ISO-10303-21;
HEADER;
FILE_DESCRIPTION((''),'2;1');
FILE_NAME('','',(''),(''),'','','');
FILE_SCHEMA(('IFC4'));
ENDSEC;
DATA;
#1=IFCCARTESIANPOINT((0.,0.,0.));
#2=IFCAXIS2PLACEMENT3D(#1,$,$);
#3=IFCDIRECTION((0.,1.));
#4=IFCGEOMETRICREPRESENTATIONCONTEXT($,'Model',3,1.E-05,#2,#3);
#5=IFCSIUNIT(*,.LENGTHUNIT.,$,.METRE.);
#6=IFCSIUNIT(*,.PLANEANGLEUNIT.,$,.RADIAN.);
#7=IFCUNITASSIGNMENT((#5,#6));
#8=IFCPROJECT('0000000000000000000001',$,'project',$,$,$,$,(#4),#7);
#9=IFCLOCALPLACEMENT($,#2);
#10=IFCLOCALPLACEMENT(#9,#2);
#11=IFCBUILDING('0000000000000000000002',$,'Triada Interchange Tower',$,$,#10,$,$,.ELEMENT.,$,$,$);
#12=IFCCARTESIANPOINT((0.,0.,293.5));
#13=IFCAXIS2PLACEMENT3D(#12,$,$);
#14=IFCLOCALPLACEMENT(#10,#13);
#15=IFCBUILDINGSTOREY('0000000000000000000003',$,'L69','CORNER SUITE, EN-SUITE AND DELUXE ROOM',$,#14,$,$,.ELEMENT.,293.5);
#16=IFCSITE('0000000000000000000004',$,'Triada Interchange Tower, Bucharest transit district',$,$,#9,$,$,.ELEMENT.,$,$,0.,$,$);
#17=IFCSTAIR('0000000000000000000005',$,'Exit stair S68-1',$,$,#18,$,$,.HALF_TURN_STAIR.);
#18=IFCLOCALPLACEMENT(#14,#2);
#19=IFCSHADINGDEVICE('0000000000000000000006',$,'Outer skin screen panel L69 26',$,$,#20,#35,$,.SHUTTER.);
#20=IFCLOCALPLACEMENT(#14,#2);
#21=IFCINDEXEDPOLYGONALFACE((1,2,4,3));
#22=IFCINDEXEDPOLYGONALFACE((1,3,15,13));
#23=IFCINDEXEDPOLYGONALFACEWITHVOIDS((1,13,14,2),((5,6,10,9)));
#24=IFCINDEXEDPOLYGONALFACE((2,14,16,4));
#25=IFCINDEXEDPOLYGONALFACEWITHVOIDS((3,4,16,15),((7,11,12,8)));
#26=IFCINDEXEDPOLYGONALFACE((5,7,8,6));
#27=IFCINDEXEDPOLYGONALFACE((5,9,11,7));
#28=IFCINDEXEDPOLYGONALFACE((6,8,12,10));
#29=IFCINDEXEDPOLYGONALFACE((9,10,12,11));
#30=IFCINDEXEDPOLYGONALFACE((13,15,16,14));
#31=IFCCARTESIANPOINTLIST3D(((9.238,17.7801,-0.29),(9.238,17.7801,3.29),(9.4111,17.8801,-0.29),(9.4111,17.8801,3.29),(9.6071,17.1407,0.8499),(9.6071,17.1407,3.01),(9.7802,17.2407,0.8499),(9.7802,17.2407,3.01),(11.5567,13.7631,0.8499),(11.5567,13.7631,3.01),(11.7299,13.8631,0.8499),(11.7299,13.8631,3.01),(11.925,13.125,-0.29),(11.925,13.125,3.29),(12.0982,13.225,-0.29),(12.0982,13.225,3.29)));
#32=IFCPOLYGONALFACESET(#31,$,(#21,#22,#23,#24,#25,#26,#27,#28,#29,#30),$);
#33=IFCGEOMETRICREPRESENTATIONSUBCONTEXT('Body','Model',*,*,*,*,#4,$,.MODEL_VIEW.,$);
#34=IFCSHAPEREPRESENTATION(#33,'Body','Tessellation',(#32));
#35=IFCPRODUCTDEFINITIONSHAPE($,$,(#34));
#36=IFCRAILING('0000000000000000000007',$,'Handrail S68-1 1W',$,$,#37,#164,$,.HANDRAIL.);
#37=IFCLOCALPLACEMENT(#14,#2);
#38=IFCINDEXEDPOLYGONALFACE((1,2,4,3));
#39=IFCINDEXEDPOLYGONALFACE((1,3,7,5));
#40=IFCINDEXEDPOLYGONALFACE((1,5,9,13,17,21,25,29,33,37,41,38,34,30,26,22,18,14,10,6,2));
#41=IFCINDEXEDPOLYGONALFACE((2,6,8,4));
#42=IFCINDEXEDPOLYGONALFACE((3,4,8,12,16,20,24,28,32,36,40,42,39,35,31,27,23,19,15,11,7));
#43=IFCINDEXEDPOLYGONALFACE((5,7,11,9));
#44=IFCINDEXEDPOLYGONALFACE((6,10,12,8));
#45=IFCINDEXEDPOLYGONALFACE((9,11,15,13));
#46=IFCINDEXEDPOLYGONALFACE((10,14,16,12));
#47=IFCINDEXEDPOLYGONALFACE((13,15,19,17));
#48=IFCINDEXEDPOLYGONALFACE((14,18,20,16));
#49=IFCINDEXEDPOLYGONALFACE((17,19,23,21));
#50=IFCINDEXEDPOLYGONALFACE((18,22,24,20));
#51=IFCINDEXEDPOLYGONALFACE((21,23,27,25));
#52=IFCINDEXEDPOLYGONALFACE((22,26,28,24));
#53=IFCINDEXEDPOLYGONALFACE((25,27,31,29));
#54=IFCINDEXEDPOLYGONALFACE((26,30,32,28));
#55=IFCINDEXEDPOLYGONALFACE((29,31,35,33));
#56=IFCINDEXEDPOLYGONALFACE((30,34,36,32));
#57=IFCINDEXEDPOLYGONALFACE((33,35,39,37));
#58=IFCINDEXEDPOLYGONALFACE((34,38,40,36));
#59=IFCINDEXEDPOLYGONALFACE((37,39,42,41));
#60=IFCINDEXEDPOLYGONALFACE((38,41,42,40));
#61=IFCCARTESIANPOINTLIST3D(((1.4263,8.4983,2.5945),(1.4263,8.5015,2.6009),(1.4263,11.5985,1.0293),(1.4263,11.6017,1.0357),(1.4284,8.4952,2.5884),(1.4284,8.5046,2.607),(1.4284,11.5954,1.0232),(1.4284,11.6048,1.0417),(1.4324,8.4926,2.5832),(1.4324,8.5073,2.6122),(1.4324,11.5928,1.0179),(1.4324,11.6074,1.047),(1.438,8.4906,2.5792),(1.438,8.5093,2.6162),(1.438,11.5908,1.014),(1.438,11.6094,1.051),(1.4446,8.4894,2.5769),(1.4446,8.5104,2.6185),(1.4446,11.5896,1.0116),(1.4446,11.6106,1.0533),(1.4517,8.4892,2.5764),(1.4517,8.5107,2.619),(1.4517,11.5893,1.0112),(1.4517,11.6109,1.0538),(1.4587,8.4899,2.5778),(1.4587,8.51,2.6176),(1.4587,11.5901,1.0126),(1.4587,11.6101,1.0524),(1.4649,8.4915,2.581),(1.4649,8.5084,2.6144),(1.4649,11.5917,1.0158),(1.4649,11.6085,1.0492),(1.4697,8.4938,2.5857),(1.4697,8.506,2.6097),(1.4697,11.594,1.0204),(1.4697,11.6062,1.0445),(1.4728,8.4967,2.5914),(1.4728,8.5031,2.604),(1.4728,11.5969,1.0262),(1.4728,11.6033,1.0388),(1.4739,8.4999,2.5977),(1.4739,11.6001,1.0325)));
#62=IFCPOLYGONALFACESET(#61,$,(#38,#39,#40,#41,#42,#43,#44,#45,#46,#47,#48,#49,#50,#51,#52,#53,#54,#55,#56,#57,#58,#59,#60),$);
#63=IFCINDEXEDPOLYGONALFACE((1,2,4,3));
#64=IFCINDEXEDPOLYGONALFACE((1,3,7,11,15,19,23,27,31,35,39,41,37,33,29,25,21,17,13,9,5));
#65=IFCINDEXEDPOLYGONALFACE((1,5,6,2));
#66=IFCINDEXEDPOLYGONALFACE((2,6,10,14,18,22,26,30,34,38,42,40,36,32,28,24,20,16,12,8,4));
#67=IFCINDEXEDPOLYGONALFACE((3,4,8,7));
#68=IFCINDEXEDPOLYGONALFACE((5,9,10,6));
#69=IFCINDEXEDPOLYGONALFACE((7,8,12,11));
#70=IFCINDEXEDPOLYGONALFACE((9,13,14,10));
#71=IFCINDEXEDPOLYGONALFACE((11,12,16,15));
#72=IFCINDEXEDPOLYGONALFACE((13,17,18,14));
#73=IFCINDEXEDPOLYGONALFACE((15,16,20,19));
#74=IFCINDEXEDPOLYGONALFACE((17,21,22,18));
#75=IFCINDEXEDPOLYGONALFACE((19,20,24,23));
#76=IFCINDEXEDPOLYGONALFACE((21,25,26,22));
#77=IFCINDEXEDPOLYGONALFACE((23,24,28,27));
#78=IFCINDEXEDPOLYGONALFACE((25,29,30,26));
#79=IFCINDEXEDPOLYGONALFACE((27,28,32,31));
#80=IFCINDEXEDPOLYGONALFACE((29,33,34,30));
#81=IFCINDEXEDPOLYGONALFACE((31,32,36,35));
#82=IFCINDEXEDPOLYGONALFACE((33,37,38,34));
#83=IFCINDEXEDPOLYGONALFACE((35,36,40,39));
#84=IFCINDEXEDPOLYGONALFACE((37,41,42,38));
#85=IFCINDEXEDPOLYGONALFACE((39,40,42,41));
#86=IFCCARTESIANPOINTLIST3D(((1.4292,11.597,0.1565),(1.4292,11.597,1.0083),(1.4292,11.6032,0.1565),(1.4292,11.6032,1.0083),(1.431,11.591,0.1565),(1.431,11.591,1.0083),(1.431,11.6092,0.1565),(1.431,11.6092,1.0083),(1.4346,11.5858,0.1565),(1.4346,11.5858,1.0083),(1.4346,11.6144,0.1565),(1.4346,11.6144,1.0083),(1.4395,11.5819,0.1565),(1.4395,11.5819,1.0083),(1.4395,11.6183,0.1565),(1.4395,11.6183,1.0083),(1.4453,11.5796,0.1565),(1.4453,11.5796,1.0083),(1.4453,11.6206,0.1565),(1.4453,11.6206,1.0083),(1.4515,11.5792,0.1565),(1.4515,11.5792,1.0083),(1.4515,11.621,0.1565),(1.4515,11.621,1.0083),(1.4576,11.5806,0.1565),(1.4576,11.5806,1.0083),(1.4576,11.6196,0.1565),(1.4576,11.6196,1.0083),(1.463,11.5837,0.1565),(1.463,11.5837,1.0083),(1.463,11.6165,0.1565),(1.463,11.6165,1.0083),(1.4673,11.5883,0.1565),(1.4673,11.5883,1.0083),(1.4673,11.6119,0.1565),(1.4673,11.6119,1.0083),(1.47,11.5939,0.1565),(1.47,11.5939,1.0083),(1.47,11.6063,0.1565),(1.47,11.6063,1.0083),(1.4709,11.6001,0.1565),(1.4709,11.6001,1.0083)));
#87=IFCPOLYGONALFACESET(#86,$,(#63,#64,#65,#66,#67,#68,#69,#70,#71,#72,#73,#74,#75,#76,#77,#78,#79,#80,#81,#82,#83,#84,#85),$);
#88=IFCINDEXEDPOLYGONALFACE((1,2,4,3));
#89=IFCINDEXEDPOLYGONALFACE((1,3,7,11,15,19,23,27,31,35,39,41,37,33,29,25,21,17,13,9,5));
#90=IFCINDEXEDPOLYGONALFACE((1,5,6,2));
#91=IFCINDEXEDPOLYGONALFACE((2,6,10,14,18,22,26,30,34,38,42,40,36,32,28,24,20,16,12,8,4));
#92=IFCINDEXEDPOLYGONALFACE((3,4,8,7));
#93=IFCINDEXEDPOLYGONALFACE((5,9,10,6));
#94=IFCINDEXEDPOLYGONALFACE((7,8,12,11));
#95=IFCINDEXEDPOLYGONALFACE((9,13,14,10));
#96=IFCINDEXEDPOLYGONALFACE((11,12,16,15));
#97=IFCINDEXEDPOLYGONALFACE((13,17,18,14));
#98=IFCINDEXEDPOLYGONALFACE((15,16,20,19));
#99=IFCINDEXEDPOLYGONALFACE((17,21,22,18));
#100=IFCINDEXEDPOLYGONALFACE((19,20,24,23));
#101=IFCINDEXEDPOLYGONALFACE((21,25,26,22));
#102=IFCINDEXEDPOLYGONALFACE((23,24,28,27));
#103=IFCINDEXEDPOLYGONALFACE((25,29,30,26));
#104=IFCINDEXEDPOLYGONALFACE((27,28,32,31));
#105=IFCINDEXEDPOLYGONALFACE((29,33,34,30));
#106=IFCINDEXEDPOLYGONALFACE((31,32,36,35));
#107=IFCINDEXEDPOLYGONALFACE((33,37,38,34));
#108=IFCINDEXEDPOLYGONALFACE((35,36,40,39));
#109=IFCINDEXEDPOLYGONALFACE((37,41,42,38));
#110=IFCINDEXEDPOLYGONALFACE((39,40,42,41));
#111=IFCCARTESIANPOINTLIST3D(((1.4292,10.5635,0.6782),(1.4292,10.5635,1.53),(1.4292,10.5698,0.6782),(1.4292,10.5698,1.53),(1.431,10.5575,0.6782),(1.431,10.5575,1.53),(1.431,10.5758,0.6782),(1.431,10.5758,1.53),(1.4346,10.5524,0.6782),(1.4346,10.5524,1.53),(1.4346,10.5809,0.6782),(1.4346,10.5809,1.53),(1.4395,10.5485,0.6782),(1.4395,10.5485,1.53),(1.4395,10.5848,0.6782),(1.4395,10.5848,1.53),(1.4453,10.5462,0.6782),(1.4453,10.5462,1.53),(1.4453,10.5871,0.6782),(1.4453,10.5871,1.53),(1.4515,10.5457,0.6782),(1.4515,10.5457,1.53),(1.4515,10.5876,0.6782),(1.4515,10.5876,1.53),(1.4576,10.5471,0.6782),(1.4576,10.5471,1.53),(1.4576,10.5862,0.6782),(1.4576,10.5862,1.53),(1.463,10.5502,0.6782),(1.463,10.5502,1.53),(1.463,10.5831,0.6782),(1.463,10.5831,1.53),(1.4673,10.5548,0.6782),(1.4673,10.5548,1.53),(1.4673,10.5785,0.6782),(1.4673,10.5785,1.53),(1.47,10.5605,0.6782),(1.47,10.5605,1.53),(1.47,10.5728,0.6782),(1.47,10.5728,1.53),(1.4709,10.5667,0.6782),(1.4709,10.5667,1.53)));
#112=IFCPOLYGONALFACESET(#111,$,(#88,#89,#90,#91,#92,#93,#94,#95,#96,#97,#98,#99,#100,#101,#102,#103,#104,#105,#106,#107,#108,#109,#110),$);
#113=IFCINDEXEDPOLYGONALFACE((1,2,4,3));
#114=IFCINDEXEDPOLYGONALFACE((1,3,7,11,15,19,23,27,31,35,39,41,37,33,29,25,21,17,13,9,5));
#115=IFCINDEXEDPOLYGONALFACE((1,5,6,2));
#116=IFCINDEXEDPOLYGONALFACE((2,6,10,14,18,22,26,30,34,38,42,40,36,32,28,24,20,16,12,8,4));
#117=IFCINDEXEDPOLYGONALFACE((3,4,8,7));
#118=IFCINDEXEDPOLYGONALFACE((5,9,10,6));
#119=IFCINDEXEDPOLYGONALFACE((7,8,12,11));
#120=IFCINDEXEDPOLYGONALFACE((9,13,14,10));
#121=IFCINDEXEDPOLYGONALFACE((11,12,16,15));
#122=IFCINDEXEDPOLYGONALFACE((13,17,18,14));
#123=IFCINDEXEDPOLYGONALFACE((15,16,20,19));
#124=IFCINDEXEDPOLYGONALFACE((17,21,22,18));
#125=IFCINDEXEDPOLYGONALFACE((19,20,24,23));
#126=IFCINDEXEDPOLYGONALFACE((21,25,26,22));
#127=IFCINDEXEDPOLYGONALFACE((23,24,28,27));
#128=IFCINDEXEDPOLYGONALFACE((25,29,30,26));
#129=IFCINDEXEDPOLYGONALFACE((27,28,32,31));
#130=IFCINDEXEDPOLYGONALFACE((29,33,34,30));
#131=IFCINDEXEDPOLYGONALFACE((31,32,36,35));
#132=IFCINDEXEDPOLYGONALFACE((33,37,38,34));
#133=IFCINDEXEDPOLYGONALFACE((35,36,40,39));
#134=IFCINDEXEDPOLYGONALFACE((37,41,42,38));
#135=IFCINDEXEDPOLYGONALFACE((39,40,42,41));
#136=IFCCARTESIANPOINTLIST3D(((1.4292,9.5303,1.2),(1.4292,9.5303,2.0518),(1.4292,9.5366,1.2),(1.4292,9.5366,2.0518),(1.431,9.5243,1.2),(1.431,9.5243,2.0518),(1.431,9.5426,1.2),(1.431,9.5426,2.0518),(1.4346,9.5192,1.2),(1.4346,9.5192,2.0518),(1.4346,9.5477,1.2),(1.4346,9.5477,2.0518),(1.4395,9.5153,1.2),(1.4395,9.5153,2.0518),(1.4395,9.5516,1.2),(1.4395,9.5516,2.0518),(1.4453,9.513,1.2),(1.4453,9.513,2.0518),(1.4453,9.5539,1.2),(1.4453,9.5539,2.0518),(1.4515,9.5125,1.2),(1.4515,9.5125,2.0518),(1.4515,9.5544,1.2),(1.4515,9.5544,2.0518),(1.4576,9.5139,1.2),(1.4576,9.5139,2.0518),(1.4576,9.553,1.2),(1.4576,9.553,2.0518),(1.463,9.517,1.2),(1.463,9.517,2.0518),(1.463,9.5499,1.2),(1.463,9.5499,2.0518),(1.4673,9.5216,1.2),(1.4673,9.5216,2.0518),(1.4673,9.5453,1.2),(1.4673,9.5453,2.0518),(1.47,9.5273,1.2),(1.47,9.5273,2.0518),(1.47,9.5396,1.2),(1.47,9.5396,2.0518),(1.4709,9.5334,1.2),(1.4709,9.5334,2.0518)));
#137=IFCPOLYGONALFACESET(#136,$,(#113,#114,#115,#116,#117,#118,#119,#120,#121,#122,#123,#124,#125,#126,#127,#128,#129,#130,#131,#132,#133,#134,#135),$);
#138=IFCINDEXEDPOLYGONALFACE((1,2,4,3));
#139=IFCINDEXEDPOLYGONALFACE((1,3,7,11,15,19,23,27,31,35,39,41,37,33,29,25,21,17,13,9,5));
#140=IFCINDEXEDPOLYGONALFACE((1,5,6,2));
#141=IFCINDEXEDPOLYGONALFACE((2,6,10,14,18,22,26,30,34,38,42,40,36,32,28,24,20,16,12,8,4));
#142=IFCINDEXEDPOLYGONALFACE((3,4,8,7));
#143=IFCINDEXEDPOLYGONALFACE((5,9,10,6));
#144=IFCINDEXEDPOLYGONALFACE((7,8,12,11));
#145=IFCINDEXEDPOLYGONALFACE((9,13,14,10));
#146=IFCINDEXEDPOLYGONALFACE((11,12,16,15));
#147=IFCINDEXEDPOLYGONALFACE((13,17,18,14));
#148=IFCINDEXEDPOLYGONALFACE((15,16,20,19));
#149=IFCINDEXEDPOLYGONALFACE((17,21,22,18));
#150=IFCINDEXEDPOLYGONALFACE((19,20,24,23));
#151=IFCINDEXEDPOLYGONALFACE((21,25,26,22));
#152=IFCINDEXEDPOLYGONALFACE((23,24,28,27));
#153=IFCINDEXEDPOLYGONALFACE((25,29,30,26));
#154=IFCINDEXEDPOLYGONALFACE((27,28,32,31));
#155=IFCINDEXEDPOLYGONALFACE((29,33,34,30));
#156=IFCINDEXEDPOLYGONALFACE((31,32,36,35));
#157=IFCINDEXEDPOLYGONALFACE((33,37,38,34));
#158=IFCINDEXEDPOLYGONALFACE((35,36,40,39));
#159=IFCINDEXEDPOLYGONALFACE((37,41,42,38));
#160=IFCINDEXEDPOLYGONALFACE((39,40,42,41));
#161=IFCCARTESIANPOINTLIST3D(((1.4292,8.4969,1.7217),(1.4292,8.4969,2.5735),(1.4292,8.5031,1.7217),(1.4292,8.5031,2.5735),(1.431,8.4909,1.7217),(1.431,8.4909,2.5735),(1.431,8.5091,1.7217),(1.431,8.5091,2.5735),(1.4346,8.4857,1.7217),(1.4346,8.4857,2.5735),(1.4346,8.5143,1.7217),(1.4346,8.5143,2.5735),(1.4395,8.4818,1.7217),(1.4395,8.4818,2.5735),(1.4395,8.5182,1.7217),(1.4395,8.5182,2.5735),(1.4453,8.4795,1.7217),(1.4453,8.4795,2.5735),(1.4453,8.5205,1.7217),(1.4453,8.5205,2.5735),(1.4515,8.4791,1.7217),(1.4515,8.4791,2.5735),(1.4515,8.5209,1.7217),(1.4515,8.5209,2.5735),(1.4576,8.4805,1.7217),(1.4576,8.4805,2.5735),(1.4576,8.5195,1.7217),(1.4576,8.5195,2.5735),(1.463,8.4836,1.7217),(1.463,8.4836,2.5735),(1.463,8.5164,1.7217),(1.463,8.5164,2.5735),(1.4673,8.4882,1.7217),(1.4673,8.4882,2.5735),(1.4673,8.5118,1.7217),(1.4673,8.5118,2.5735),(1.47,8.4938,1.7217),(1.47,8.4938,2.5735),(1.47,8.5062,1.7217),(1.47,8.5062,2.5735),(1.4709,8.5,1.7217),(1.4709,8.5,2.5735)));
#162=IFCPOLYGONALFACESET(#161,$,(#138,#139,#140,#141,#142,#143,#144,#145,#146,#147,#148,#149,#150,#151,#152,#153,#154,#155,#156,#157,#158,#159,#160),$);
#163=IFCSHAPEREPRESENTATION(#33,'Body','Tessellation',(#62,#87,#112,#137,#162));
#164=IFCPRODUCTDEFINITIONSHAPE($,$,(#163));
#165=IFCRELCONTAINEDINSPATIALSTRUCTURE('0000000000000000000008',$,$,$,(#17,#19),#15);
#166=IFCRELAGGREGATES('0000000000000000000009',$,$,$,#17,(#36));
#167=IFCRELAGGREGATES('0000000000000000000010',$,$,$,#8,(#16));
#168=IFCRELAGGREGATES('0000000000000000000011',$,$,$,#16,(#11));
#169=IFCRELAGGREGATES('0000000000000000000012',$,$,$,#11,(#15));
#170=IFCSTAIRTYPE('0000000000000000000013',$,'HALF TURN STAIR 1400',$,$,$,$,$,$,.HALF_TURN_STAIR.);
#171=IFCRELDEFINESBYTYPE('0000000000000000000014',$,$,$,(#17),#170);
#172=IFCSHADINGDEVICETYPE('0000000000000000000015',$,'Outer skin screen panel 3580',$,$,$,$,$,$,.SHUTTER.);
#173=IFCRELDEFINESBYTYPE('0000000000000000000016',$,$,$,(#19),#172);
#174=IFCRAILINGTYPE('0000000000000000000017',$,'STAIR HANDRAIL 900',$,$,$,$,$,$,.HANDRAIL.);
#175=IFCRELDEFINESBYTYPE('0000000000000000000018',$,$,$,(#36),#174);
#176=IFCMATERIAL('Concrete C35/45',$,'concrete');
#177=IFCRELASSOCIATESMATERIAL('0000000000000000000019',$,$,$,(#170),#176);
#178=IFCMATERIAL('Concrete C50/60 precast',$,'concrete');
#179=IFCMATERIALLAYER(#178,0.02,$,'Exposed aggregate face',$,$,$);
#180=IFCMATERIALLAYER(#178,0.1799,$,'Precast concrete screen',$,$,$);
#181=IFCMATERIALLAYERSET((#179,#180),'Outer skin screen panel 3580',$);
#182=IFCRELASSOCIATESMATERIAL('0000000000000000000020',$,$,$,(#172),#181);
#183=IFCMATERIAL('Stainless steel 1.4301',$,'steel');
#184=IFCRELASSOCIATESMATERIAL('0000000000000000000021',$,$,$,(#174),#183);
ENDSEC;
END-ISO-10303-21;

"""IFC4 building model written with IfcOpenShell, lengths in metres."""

from ifc_helpers import new_model, si_unit, direction, frame, origin, origin_2d, place, context, subcontext, project, spatial, polyline, circle, outline, extrude, material, layer, layer_set, type_object, element, aggregate, save


model = new_model("IFC4")

# Units and contexts
model_context = context("Model", 3, precision=1e-05, world=origin(), true_north=direction((0.0, 1.0)))
body_context = subcontext(model_context, "Body", "Model", "MODEL_VIEW")
ifc_project = project(units=[si_unit("LENGTHUNIT", "METRE"), si_unit("PLANEANGLEUNIT", "RADIAN")], contexts=[model_context])

# Site, building, storey
site_placement = place(None, origin())
site = spatial("IfcSite", under=ifc_project, at=site_placement, Name="Triada Interchange Tower, Bucharest transit district", CompositionType="ELEMENT", RefElevation=0.0)
building_placement = place(site_placement, origin())
building = spatial("IfcBuilding", under=site, at=building_placement, Name="Triada Interchange Tower", CompositionType="ELEMENT")
storey_placement = place(building_placement, frame((0.0, 0.0, 293.5)))
storey = spatial("IfcBuildingStorey", under=building, at=storey_placement, Name="L69", Description="CORNER SUITE, EN-SUITE AND DELUXE ROOM", CompositionType="ELEMENT", Elevation=293.5)

# Stair
ifc_material_1 = material(Name="Concrete C35/45", Category="concrete")
stair_type = type_object("IfcStairType", Name="HALF TURN STAIR 1400", PredefinedType="HALF_TURN_STAIR", material=ifc_material_1)
stair_placement = place(storey_placement, origin())
stair = element("IfcStair", 1, at=stair_placement, inside=storey, type_object=stair_type, Name="Exit stair S68-1", PredefinedType="HALF_TURN_STAIR")

# Shading device
ifc_material_2 = material(Name="Concrete C50/60 precast", Category="concrete")
ifc_layer_1 = layer(ifc_material_2, 0.02, Name="Exposed aggregate face")
ifc_layer_2 = layer(ifc_material_2, 0.1799, Name="Precast concrete screen")
ifc_layer_set_1 = layer_set([ifc_layer_1, ifc_layer_2], Name="Outer skin screen panel 3580")
shading_device_type = type_object("IfcShadingDeviceType", Name="Outer skin screen panel 3580", PredefinedType="SHUTTER", material=ifc_layer_set_1)
shading_device_1_placement = place(storey_placement, frame((11.925, 13.125, -0.29), z_axis=(0.0, 0.0, 1.0), x_axis=(-0.49992, 0.866071, 0.0)))
element("IfcShadingDevice", 2, at=shading_device_1_placement, inside=storey, type_object=shading_device_type, Name="Outer skin screen panel L69 26", PredefinedType="SHUTTER", context=body_context, shape_type="SweptSolid", body=[
    extrude(outline(polyline([(0.0, 0.0), (5.375, 0.0), (5.375, 3.5801), (0.0, 3.5801), (0.0, 0.0)]), holes=[polyline([(0.7368, 1.1399), (0.7368, 3.3), (4.6367, 3.3), (4.6367, 1.1399), (0.7368, 1.1399)])]), frame((0.0, 0.0, 0.0), z_axis=(0.0, -1.0, 0.0), x_axis=(1.0, 0.0, 0.0)), (0.0, 0.0, 1.0), 0.2),
])

# Railing
ifc_material_3 = material(Name="Stainless steel 1.4301", Category="steel")
railing_type = type_object("IfcRailingType", Name="STAIR HANDRAIL 900", PredefinedType="HANDRAIL", material=ifc_material_3)
railing_1_placement = place(storey_placement, frame((1.45, 11.6001, 0.1565)))
railing_1 = element("IfcRailing", 3, at=railing_1_placement, type_object=railing_type, Name="Handrail S68-1 1W", PredefinedType="HANDRAIL", context=body_context, shape_type="SweptSolid", body=[
    extrude(circle(Radius=0.0239, at=origin_2d()), frame((0.0, 0.0, 0.876), z_axis=(0.0, -0.892677, 0.450697), x_axis=(1.0, 0.0, 0.0)), (0.0, 0.0, 1.0), 3.4729),
    extrude(circle(Radius=0.021, at=origin_2d()), origin(), (0.0, 0.0, 1.0), 0.8518),
    extrude(circle(Radius=0.021, at=origin_2d()), frame((0.0, -1.0334, 0.5217)), (0.0, 0.0, 1.0), 0.8518),
    extrude(circle(Radius=0.021, at=origin_2d()), frame((0.0, -2.0667, 1.0435)), (0.0, 0.0, 1.0), 0.8518),
    extrude(circle(Radius=0.021, at=origin_2d()), frame((0.0, -3.1001, 1.5652)), (0.0, 0.0, 1.0), 0.8518),
])
aggregate(stair, [railing_1])

save(model, "model.ifc")
